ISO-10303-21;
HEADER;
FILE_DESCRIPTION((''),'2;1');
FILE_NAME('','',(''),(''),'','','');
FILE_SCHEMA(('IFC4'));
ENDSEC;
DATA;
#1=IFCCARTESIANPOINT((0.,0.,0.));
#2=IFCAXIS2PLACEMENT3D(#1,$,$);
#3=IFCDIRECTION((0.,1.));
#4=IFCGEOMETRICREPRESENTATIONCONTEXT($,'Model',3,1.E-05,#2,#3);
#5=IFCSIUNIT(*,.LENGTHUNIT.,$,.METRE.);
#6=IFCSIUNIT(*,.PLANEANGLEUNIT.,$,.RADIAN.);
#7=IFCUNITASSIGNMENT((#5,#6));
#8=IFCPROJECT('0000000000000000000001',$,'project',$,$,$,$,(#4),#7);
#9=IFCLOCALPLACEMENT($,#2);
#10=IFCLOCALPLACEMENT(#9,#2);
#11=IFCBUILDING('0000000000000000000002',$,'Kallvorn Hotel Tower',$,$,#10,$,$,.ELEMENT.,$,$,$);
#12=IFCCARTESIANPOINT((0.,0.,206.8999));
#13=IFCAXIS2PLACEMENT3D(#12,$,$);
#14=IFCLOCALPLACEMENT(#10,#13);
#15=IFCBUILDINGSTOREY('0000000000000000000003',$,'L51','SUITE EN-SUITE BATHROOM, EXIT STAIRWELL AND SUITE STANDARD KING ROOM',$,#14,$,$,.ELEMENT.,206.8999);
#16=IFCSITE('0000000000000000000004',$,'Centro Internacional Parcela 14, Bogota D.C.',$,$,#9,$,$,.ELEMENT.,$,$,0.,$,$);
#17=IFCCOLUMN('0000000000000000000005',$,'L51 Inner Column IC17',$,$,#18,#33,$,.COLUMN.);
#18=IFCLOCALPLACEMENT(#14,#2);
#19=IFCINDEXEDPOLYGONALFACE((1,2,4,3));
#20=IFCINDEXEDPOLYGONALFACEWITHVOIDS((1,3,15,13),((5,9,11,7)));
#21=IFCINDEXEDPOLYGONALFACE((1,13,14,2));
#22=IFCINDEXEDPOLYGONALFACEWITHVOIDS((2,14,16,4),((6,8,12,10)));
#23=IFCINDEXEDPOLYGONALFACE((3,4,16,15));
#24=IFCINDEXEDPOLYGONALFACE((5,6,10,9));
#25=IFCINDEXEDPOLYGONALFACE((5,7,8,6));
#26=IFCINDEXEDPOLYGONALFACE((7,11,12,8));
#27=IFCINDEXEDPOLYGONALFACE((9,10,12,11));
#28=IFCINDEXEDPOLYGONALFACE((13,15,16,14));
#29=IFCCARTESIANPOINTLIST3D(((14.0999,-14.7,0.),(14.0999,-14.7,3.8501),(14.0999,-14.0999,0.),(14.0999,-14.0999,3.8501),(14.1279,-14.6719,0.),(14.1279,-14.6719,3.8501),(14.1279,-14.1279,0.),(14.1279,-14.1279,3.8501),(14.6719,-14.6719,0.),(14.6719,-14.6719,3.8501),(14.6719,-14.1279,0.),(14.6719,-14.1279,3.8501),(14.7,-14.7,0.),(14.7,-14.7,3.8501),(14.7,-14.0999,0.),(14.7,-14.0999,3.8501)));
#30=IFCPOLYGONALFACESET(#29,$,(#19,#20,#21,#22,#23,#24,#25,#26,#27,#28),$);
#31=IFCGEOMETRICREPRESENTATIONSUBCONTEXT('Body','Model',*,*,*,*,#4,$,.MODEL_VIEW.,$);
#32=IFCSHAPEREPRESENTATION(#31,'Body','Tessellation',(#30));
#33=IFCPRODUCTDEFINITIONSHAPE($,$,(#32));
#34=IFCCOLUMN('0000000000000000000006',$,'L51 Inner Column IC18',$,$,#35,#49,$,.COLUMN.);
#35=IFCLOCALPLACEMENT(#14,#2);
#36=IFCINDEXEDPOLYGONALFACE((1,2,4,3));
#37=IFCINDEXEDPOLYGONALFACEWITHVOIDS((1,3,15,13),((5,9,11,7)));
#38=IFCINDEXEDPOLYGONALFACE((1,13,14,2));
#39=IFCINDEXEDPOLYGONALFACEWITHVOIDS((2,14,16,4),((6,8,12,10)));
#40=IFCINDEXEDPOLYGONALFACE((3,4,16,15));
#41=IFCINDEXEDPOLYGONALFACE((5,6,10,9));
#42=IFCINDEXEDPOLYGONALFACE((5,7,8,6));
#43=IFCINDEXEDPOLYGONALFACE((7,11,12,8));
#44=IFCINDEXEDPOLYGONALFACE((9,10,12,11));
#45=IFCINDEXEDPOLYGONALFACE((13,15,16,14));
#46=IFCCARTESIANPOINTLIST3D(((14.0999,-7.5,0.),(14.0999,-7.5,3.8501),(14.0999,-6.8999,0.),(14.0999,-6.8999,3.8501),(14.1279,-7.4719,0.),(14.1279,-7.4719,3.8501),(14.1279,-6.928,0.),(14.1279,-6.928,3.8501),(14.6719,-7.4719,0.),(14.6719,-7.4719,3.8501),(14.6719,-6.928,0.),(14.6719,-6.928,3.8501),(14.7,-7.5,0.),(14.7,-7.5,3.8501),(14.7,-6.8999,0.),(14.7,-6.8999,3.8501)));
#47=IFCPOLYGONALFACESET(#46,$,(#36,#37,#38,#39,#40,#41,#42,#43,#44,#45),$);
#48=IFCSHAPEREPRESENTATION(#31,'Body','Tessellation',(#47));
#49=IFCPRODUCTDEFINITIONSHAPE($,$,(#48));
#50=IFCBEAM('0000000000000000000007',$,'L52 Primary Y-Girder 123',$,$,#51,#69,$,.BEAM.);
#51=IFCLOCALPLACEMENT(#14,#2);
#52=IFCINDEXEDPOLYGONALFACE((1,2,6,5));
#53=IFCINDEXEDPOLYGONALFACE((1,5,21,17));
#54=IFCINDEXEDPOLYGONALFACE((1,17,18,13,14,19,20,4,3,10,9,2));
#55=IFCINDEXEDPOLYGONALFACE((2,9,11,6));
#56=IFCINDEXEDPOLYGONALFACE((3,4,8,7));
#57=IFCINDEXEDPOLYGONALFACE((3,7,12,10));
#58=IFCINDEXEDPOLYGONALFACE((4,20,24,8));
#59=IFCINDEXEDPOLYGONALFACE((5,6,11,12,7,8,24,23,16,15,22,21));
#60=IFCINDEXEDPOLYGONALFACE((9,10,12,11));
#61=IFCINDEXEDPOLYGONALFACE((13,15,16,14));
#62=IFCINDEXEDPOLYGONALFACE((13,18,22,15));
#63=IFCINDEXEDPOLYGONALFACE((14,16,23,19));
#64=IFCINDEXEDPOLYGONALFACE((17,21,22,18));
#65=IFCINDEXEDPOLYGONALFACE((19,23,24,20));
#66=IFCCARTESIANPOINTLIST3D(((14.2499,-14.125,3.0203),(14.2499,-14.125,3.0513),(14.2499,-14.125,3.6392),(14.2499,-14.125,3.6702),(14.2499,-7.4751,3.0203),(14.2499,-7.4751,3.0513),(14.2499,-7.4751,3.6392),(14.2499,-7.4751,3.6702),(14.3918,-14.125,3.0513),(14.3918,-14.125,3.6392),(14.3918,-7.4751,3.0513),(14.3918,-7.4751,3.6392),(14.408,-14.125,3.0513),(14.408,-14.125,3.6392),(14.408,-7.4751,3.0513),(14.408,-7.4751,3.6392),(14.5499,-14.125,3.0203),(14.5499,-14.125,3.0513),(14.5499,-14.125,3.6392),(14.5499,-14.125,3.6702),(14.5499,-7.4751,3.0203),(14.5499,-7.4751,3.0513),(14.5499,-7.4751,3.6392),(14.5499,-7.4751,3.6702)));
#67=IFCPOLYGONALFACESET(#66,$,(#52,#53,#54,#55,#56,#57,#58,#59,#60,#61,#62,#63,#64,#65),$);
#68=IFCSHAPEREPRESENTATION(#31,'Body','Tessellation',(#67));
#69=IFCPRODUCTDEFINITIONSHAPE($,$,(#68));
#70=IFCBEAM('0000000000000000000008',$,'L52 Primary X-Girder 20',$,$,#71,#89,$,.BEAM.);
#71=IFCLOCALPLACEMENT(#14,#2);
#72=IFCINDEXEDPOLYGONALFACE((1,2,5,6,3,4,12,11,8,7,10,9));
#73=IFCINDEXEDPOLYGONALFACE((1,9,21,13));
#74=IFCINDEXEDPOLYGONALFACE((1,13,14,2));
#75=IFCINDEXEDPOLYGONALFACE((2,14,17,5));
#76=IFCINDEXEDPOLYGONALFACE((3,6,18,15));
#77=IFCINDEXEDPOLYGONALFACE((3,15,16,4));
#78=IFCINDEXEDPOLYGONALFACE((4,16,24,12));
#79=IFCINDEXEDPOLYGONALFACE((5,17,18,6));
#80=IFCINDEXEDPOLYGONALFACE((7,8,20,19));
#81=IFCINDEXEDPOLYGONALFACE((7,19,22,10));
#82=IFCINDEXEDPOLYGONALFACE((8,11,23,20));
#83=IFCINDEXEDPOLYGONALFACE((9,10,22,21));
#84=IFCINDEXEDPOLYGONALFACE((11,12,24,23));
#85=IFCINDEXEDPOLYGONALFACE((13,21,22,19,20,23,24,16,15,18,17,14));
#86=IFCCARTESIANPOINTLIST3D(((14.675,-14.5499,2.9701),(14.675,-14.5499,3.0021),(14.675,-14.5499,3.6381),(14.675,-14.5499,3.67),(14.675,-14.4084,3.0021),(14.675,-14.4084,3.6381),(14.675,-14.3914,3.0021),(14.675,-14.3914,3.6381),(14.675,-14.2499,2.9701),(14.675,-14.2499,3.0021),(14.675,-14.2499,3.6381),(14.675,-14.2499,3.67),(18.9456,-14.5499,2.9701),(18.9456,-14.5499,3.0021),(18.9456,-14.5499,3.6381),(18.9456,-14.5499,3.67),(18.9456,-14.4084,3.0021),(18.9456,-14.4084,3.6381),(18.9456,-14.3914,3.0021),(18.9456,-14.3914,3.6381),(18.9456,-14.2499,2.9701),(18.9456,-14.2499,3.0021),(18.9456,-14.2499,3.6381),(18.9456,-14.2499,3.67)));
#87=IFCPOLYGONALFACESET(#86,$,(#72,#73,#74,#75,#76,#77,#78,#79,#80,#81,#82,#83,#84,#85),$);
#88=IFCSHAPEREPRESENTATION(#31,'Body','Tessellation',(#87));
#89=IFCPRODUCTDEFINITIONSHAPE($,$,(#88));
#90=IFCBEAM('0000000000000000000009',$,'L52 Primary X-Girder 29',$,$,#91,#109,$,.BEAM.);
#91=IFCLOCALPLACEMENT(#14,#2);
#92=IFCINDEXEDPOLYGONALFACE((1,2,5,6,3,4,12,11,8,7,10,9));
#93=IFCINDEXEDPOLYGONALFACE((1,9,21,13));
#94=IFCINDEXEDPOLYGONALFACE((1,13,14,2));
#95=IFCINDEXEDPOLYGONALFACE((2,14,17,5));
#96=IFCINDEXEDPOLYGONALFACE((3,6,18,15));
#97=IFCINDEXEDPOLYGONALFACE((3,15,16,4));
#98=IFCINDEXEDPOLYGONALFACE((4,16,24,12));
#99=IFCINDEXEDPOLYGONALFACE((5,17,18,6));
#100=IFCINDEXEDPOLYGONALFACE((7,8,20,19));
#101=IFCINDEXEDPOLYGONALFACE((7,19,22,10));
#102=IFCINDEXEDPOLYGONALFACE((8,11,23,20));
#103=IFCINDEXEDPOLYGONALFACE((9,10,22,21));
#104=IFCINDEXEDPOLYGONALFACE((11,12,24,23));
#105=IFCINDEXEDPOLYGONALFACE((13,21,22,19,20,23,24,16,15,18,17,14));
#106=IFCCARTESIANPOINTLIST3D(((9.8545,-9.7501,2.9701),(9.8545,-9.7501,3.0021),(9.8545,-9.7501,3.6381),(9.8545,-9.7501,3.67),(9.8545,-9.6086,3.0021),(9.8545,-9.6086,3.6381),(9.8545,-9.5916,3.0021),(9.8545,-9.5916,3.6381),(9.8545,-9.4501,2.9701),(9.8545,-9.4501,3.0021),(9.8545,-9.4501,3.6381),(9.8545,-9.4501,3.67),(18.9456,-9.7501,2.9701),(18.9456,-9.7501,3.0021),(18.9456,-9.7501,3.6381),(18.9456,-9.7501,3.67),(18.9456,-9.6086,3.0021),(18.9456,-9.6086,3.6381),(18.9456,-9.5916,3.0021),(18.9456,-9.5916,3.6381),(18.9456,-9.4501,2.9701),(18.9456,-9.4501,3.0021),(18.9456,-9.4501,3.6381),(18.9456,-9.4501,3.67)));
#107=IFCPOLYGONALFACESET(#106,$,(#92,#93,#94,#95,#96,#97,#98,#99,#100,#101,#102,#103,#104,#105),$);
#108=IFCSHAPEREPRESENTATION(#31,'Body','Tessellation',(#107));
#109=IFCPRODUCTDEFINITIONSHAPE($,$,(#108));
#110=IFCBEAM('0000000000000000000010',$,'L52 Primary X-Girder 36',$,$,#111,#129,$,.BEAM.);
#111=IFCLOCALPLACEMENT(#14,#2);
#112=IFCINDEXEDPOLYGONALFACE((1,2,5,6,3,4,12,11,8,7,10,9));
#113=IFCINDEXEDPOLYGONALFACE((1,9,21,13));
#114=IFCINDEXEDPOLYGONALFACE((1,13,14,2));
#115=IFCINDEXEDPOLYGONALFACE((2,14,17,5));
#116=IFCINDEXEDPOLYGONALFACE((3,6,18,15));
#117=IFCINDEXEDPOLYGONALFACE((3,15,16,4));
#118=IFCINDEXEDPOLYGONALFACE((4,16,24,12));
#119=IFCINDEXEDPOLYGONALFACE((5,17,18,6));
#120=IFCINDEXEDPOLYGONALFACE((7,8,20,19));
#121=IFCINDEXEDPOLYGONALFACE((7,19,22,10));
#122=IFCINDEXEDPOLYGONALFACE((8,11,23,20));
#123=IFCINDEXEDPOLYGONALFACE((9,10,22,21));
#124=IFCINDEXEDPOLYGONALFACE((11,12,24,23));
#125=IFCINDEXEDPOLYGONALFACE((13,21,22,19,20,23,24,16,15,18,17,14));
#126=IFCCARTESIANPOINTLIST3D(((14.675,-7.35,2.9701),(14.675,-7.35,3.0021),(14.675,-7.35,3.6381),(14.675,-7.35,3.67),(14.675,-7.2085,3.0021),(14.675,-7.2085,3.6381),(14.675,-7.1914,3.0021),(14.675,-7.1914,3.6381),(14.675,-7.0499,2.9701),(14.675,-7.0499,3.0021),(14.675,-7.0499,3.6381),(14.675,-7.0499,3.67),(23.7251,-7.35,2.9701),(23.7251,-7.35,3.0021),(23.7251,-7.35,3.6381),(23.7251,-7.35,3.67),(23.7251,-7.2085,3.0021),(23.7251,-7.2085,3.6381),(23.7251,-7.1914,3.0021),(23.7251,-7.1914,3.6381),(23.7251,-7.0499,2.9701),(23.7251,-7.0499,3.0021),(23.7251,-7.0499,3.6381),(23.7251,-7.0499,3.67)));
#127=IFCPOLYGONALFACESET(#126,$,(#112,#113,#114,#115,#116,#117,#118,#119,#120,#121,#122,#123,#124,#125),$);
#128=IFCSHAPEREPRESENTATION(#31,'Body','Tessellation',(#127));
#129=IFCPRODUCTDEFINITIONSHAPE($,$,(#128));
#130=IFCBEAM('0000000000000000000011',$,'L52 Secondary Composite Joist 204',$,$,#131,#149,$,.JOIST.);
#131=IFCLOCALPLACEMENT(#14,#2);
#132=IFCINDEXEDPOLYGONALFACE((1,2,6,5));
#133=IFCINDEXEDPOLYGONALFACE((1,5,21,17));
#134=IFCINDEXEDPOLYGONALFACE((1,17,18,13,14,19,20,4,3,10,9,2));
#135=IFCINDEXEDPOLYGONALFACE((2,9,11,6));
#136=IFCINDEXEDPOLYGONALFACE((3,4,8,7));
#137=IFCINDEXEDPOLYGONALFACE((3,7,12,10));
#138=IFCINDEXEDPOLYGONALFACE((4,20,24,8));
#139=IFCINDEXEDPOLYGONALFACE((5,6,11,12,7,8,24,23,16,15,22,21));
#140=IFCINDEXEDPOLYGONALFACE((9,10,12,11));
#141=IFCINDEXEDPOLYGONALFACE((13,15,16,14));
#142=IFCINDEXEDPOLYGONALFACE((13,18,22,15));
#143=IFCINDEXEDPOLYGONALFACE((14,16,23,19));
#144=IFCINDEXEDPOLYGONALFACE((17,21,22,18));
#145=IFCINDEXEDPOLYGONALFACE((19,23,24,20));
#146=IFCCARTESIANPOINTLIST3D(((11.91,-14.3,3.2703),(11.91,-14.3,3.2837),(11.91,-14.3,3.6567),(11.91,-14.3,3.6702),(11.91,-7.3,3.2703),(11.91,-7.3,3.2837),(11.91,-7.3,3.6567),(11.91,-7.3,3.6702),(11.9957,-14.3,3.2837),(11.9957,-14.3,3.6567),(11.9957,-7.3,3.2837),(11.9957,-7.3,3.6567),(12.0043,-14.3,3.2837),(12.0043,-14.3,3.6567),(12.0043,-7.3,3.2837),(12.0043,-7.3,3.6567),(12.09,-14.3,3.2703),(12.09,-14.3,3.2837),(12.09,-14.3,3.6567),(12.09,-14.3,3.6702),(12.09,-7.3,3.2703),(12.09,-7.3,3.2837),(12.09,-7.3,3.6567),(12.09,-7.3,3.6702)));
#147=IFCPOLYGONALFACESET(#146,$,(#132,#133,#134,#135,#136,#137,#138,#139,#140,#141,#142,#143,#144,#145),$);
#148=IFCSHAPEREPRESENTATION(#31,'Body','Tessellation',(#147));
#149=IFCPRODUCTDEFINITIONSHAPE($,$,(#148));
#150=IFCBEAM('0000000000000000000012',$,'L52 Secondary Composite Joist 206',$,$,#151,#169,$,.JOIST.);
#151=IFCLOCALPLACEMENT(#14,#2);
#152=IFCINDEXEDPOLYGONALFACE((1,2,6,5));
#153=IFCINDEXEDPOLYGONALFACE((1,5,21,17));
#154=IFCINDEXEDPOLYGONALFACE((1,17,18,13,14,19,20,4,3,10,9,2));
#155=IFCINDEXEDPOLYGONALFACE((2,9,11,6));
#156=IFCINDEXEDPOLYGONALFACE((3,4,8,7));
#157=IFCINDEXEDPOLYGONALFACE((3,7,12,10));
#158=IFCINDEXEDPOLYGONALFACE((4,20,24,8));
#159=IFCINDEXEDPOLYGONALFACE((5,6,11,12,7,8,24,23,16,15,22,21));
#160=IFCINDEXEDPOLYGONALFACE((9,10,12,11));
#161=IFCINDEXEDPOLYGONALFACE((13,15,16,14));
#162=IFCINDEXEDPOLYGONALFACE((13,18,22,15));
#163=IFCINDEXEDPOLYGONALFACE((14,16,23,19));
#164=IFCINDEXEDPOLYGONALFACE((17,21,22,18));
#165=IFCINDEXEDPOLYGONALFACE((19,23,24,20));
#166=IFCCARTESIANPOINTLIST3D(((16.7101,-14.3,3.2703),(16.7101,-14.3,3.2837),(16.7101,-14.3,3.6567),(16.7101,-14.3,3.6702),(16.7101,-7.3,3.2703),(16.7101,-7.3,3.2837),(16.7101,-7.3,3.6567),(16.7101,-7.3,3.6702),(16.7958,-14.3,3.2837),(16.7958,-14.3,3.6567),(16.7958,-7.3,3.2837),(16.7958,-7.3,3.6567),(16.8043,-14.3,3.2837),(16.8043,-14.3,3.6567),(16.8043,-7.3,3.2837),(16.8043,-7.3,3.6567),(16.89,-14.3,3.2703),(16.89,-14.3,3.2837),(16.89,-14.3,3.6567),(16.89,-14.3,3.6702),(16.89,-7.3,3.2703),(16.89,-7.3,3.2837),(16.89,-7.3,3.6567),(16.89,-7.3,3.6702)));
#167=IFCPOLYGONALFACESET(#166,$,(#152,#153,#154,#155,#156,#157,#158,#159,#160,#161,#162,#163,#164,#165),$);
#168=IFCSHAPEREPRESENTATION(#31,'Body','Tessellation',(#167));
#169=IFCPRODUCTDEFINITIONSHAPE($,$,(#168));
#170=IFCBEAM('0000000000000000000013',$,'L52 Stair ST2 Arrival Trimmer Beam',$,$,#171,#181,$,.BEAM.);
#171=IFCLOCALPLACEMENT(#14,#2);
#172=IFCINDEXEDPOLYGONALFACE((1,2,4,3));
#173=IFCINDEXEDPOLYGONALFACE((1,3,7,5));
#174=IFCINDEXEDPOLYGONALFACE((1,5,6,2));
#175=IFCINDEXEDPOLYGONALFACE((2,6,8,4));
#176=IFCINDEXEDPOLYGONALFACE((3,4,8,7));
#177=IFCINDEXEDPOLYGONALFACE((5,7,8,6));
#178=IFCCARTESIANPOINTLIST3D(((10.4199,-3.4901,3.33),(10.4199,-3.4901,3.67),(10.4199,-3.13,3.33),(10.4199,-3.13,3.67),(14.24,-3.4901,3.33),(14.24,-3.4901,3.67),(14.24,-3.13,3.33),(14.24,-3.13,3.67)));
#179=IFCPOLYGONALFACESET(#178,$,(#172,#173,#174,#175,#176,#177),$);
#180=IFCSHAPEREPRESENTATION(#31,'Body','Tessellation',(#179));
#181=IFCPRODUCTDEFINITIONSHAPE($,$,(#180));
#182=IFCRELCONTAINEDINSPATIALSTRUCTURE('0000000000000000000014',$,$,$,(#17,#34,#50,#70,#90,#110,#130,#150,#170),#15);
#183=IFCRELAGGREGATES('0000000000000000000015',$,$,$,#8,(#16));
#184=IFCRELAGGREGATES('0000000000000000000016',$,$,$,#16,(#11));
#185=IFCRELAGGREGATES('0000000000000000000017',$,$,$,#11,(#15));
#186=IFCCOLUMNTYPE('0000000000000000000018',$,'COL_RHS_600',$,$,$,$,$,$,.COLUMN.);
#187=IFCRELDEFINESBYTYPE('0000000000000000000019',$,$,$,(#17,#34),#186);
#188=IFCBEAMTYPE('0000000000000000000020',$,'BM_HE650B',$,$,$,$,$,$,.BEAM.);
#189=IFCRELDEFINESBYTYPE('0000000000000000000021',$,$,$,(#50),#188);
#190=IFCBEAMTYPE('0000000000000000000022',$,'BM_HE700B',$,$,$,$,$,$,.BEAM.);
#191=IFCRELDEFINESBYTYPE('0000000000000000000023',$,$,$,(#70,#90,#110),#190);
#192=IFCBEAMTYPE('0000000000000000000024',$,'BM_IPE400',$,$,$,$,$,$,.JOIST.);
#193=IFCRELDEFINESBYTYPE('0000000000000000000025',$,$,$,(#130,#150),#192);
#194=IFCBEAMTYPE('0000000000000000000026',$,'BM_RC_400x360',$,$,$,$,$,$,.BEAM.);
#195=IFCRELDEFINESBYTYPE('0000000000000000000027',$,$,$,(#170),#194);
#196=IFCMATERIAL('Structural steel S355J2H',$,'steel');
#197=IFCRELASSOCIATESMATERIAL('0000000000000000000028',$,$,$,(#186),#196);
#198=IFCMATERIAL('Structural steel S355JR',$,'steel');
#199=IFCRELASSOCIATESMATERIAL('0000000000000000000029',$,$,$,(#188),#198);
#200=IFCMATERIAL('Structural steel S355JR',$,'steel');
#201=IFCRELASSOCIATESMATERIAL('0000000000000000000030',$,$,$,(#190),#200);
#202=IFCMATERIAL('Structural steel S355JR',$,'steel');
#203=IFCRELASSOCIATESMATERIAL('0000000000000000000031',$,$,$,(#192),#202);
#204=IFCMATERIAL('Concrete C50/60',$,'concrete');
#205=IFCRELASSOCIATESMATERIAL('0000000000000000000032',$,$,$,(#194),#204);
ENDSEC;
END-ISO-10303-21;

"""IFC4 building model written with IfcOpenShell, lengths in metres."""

from ifc_helpers import new_model, si_unit, direction, frame, origin, origin_2d, place, context, subcontext, project, spatial, rectangle, hollow_rectangle, i_section, extrude, material, material_profile, profile_set, type_object, element, save


model = new_model("IFC4")

# Units and contexts
model_context = context("Model", 3, precision=1e-05, world=origin(), true_north=direction((0.0, 1.0)))
body_context = subcontext(model_context, "Body", "Model", "MODEL_VIEW")
ifc_project = project(units=[si_unit("LENGTHUNIT", "METRE"), si_unit("PLANEANGLEUNIT", "RADIAN")], contexts=[model_context])

# Site, building, storey
site_placement = place(None, origin())
site = spatial("IfcSite", under=ifc_project, at=site_placement, Name="Centro Internacional Parcela 14, Bogota D.C.", CompositionType="ELEMENT", RefElevation=0.0)
building_placement = place(site_placement, origin())
building = spatial("IfcBuilding", under=site, at=building_placement, Name="Kallvorn Hotel Tower", CompositionType="ELEMENT")
storey_placement = place(building_placement, frame((0.0, 0.0, 206.8999)))
storey = spatial("IfcBuildingStorey", under=building, at=storey_placement, Name="L51", Description="SUITE EN-SUITE BATHROOM, EXIT STAIRWELL AND SUITE STANDARD KING ROOM", CompositionType="ELEMENT", Elevation=206.8999)

# Columns
ifc_material_1 = material(Name="Structural steel S355J2H", Category="steel")
ifc_material_profile_1 = material_profile(ifc_material_1, hollow_rectangle(XDim=0.6001, YDim=0.6001, WallThickness=0.0281, at=origin_2d()), Name="RHS 600x600x28")
ifc_profile_set_1 = profile_set([ifc_material_profile_1], Name="Structural steel S355J2H")
column_type = type_object("IfcColumnType", Name="COL_RHS_600", PredefinedType="COLUMN", material=ifc_profile_set_1)
for number, where, z_axis, x_axis, name in (
    (1, (14.3999, -14.3999, 0.0), (0.0, 0.0, 1.0), (1.0, 0.0, 0.0), "L51 Inner Column IC17"),
    (2, (14.3999, -7.2, 0.0), (0.0, 0.0, 1.0), (1.0, 0.0, 0.0), "L51 Inner Column IC18"),
):
    element("IfcColumn", number, at=place(storey_placement, frame(where, z_axis=z_axis, x_axis=x_axis)), inside=storey, type_object=column_type, Name=name, PredefinedType="COLUMN", context=body_context, shape_type="SweptSolid", body=[
        extrude(hollow_rectangle(XDim=0.6001, YDim=0.6001, WallThickness=0.0281, at=origin_2d()), origin(), (0.0, 0.0, 1.0), 3.8501),
    ])

# Beams
ifc_material_2 = material(Name="Structural steel S355JR", Category="steel")
ifc_material_profile_2 = material_profile(ifc_material_2, i_section(OverallWidth=0.3, OverallDepth=0.6499, WebThickness=0.0161, FlangeThickness=0.031, at=origin_2d()), Name="HE 650 B")
ifc_profile_set_2 = profile_set([ifc_material_profile_2], Name="Structural steel S355JR")
beam_type_1 = type_object("IfcBeamType", Name="BM_HE650B", PredefinedType="BEAM", material=ifc_profile_set_2)
beam_1_placement = place(storey_placement, frame((14.3999, -14.125, 3.3452), z_axis=(0.0, 1.0, 0.0), x_axis=(-1.0, 0.0, 0.0)))
element("IfcBeam", 3, at=beam_1_placement, inside=storey, type_object=beam_type_1, Name="L52 Primary Y-Girder 123", PredefinedType="BEAM", context=body_context, shape_type="SweptSolid", body=[
    extrude(i_section(OverallWidth=0.3, OverallDepth=0.6499, WebThickness=0.0161, FlangeThickness=0.031, at=origin_2d()), origin(), (0.0, 0.0, 1.0), 6.6499),
])
ifc_material_3 = material(Name="Structural steel S355JR", Category="steel")
ifc_material_profile_3 = material_profile(ifc_material_3, i_section(OverallWidth=0.3, OverallDepth=0.7, WebThickness=0.0171, FlangeThickness=0.032, at=origin_2d()), Name="HE 700 B")
ifc_profile_set_3 = profile_set([ifc_material_profile_3], Name="Structural steel S355JR")
beam_type_2 = type_object("IfcBeamType", Name="BM_HE700B", PredefinedType="BEAM", material=ifc_profile_set_3)
beam_2_placement = place(storey_placement, frame((14.675, -14.3999, 3.3201), z_axis=(1.0, 0.0, 0.0), x_axis=(0.0, 1.0, 0.0)))
element("IfcBeam", 4, at=beam_2_placement, inside=storey, type_object=beam_type_2, Name="L52 Primary X-Girder 20", PredefinedType="BEAM", context=body_context, shape_type="SweptSolid", body=[
    extrude(i_section(OverallWidth=0.3, OverallDepth=0.7, WebThickness=0.0171, FlangeThickness=0.032, at=origin_2d()), origin(), (0.0, 0.0, 1.0), 4.2705),
])
beam_3_placement = place(storey_placement, frame((9.8545, -9.6001, 3.3201), z_axis=(1.0, 0.0, 0.0), x_axis=(0.0, 1.0, 0.0)))
element("IfcBeam", 5, at=beam_3_placement, inside=storey, type_object=beam_type_2, Name="L52 Primary X-Girder 29", PredefinedType="BEAM", context=body_context, shape_type="SweptSolid", body=[
    extrude(i_section(OverallWidth=0.3, OverallDepth=0.7, WebThickness=0.0171, FlangeThickness=0.032, at=origin_2d()), origin(), (0.0, 0.0, 1.0), 9.0911),
])
beam_4_placement = place(storey_placement, frame((14.675, -7.2, 3.3201), z_axis=(1.0, 0.0, 0.0), x_axis=(0.0, 1.0, 0.0)))
element("IfcBeam", 6, at=beam_4_placement, inside=storey, type_object=beam_type_2, Name="L52 Primary X-Girder 36", PredefinedType="BEAM", context=body_context, shape_type="SweptSolid", body=[
    extrude(i_section(OverallWidth=0.3, OverallDepth=0.7, WebThickness=0.0171, FlangeThickness=0.032, at=origin_2d()), origin(), (0.0, 0.0, 1.0), 9.05),
])
ifc_material_4 = material(Name="Structural steel S355JR", Category="steel")
ifc_material_profile_4 = material_profile(ifc_material_4, i_section(OverallWidth=0.1799, OverallDepth=0.3999, WebThickness=0.0085, FlangeThickness=0.0134, at=origin_2d()), Name="IPE 400")
ifc_profile_set_4 = profile_set([ifc_material_profile_4], Name="Structural steel S355JR")
beam_type_3 = type_object("IfcBeamType", Name="BM_IPE400", PredefinedType="JOIST", material=ifc_profile_set_4)
for number, where, z_axis, x_axis, name in (
    (7, (12.0, -14.3, 3.4702), (0.0, 1.0, 0.0), (-1.0, 0.0, 0.0), "L52 Secondary Composite Joist 204"),
    (8, (16.8, -14.3, 3.4702), (0.0, 1.0, 0.0), (-1.0, 0.0, 0.0), "L52 Secondary Composite Joist 206"),
):
    element("IfcBeam", number, at=place(storey_placement, frame(where, z_axis=z_axis, x_axis=x_axis)), inside=storey, type_object=beam_type_3, Name=name, PredefinedType="JOIST", context=body_context, shape_type="SweptSolid", body=[
        extrude(i_section(OverallWidth=0.1799, OverallDepth=0.3999, WebThickness=0.0085, FlangeThickness=0.0134, at=origin_2d()), origin(), (0.0, 0.0, 1.0), 7.0),
    ])
ifc_material_5 = material(Name="Concrete C50/60", Category="concrete")
ifc_material_profile_5 = material_profile(ifc_material_5, rectangle(XDim=0.3601, YDim=0.3401, at=origin_2d()), Name="RC 360x340")
ifc_profile_set_5 = profile_set([ifc_material_profile_5], Name="Concrete C50/60")
beam_type_4 = type_object("IfcBeamType", Name="BM_RC_400x360", PredefinedType="BEAM", material=ifc_profile_set_5)
beam_5_placement = place(storey_placement, frame((14.24, -3.3101, 3.5), z_axis=(-1.0, 0.0, 0.0), x_axis=(0.0, -1.0, 0.0)))
element("IfcBeam", 9, at=beam_5_placement, inside=storey, type_object=beam_type_4, Name="L52 Stair ST2 Arrival Trimmer Beam", PredefinedType="BEAM", context=body_context, shape_type="SweptSolid", body=[
    extrude(rectangle(XDim=0.3601, YDim=0.3401, at=origin_2d()), origin(), (0.0, 0.0, 1.0), 3.8201),
])

save(model, "model.ifc")
